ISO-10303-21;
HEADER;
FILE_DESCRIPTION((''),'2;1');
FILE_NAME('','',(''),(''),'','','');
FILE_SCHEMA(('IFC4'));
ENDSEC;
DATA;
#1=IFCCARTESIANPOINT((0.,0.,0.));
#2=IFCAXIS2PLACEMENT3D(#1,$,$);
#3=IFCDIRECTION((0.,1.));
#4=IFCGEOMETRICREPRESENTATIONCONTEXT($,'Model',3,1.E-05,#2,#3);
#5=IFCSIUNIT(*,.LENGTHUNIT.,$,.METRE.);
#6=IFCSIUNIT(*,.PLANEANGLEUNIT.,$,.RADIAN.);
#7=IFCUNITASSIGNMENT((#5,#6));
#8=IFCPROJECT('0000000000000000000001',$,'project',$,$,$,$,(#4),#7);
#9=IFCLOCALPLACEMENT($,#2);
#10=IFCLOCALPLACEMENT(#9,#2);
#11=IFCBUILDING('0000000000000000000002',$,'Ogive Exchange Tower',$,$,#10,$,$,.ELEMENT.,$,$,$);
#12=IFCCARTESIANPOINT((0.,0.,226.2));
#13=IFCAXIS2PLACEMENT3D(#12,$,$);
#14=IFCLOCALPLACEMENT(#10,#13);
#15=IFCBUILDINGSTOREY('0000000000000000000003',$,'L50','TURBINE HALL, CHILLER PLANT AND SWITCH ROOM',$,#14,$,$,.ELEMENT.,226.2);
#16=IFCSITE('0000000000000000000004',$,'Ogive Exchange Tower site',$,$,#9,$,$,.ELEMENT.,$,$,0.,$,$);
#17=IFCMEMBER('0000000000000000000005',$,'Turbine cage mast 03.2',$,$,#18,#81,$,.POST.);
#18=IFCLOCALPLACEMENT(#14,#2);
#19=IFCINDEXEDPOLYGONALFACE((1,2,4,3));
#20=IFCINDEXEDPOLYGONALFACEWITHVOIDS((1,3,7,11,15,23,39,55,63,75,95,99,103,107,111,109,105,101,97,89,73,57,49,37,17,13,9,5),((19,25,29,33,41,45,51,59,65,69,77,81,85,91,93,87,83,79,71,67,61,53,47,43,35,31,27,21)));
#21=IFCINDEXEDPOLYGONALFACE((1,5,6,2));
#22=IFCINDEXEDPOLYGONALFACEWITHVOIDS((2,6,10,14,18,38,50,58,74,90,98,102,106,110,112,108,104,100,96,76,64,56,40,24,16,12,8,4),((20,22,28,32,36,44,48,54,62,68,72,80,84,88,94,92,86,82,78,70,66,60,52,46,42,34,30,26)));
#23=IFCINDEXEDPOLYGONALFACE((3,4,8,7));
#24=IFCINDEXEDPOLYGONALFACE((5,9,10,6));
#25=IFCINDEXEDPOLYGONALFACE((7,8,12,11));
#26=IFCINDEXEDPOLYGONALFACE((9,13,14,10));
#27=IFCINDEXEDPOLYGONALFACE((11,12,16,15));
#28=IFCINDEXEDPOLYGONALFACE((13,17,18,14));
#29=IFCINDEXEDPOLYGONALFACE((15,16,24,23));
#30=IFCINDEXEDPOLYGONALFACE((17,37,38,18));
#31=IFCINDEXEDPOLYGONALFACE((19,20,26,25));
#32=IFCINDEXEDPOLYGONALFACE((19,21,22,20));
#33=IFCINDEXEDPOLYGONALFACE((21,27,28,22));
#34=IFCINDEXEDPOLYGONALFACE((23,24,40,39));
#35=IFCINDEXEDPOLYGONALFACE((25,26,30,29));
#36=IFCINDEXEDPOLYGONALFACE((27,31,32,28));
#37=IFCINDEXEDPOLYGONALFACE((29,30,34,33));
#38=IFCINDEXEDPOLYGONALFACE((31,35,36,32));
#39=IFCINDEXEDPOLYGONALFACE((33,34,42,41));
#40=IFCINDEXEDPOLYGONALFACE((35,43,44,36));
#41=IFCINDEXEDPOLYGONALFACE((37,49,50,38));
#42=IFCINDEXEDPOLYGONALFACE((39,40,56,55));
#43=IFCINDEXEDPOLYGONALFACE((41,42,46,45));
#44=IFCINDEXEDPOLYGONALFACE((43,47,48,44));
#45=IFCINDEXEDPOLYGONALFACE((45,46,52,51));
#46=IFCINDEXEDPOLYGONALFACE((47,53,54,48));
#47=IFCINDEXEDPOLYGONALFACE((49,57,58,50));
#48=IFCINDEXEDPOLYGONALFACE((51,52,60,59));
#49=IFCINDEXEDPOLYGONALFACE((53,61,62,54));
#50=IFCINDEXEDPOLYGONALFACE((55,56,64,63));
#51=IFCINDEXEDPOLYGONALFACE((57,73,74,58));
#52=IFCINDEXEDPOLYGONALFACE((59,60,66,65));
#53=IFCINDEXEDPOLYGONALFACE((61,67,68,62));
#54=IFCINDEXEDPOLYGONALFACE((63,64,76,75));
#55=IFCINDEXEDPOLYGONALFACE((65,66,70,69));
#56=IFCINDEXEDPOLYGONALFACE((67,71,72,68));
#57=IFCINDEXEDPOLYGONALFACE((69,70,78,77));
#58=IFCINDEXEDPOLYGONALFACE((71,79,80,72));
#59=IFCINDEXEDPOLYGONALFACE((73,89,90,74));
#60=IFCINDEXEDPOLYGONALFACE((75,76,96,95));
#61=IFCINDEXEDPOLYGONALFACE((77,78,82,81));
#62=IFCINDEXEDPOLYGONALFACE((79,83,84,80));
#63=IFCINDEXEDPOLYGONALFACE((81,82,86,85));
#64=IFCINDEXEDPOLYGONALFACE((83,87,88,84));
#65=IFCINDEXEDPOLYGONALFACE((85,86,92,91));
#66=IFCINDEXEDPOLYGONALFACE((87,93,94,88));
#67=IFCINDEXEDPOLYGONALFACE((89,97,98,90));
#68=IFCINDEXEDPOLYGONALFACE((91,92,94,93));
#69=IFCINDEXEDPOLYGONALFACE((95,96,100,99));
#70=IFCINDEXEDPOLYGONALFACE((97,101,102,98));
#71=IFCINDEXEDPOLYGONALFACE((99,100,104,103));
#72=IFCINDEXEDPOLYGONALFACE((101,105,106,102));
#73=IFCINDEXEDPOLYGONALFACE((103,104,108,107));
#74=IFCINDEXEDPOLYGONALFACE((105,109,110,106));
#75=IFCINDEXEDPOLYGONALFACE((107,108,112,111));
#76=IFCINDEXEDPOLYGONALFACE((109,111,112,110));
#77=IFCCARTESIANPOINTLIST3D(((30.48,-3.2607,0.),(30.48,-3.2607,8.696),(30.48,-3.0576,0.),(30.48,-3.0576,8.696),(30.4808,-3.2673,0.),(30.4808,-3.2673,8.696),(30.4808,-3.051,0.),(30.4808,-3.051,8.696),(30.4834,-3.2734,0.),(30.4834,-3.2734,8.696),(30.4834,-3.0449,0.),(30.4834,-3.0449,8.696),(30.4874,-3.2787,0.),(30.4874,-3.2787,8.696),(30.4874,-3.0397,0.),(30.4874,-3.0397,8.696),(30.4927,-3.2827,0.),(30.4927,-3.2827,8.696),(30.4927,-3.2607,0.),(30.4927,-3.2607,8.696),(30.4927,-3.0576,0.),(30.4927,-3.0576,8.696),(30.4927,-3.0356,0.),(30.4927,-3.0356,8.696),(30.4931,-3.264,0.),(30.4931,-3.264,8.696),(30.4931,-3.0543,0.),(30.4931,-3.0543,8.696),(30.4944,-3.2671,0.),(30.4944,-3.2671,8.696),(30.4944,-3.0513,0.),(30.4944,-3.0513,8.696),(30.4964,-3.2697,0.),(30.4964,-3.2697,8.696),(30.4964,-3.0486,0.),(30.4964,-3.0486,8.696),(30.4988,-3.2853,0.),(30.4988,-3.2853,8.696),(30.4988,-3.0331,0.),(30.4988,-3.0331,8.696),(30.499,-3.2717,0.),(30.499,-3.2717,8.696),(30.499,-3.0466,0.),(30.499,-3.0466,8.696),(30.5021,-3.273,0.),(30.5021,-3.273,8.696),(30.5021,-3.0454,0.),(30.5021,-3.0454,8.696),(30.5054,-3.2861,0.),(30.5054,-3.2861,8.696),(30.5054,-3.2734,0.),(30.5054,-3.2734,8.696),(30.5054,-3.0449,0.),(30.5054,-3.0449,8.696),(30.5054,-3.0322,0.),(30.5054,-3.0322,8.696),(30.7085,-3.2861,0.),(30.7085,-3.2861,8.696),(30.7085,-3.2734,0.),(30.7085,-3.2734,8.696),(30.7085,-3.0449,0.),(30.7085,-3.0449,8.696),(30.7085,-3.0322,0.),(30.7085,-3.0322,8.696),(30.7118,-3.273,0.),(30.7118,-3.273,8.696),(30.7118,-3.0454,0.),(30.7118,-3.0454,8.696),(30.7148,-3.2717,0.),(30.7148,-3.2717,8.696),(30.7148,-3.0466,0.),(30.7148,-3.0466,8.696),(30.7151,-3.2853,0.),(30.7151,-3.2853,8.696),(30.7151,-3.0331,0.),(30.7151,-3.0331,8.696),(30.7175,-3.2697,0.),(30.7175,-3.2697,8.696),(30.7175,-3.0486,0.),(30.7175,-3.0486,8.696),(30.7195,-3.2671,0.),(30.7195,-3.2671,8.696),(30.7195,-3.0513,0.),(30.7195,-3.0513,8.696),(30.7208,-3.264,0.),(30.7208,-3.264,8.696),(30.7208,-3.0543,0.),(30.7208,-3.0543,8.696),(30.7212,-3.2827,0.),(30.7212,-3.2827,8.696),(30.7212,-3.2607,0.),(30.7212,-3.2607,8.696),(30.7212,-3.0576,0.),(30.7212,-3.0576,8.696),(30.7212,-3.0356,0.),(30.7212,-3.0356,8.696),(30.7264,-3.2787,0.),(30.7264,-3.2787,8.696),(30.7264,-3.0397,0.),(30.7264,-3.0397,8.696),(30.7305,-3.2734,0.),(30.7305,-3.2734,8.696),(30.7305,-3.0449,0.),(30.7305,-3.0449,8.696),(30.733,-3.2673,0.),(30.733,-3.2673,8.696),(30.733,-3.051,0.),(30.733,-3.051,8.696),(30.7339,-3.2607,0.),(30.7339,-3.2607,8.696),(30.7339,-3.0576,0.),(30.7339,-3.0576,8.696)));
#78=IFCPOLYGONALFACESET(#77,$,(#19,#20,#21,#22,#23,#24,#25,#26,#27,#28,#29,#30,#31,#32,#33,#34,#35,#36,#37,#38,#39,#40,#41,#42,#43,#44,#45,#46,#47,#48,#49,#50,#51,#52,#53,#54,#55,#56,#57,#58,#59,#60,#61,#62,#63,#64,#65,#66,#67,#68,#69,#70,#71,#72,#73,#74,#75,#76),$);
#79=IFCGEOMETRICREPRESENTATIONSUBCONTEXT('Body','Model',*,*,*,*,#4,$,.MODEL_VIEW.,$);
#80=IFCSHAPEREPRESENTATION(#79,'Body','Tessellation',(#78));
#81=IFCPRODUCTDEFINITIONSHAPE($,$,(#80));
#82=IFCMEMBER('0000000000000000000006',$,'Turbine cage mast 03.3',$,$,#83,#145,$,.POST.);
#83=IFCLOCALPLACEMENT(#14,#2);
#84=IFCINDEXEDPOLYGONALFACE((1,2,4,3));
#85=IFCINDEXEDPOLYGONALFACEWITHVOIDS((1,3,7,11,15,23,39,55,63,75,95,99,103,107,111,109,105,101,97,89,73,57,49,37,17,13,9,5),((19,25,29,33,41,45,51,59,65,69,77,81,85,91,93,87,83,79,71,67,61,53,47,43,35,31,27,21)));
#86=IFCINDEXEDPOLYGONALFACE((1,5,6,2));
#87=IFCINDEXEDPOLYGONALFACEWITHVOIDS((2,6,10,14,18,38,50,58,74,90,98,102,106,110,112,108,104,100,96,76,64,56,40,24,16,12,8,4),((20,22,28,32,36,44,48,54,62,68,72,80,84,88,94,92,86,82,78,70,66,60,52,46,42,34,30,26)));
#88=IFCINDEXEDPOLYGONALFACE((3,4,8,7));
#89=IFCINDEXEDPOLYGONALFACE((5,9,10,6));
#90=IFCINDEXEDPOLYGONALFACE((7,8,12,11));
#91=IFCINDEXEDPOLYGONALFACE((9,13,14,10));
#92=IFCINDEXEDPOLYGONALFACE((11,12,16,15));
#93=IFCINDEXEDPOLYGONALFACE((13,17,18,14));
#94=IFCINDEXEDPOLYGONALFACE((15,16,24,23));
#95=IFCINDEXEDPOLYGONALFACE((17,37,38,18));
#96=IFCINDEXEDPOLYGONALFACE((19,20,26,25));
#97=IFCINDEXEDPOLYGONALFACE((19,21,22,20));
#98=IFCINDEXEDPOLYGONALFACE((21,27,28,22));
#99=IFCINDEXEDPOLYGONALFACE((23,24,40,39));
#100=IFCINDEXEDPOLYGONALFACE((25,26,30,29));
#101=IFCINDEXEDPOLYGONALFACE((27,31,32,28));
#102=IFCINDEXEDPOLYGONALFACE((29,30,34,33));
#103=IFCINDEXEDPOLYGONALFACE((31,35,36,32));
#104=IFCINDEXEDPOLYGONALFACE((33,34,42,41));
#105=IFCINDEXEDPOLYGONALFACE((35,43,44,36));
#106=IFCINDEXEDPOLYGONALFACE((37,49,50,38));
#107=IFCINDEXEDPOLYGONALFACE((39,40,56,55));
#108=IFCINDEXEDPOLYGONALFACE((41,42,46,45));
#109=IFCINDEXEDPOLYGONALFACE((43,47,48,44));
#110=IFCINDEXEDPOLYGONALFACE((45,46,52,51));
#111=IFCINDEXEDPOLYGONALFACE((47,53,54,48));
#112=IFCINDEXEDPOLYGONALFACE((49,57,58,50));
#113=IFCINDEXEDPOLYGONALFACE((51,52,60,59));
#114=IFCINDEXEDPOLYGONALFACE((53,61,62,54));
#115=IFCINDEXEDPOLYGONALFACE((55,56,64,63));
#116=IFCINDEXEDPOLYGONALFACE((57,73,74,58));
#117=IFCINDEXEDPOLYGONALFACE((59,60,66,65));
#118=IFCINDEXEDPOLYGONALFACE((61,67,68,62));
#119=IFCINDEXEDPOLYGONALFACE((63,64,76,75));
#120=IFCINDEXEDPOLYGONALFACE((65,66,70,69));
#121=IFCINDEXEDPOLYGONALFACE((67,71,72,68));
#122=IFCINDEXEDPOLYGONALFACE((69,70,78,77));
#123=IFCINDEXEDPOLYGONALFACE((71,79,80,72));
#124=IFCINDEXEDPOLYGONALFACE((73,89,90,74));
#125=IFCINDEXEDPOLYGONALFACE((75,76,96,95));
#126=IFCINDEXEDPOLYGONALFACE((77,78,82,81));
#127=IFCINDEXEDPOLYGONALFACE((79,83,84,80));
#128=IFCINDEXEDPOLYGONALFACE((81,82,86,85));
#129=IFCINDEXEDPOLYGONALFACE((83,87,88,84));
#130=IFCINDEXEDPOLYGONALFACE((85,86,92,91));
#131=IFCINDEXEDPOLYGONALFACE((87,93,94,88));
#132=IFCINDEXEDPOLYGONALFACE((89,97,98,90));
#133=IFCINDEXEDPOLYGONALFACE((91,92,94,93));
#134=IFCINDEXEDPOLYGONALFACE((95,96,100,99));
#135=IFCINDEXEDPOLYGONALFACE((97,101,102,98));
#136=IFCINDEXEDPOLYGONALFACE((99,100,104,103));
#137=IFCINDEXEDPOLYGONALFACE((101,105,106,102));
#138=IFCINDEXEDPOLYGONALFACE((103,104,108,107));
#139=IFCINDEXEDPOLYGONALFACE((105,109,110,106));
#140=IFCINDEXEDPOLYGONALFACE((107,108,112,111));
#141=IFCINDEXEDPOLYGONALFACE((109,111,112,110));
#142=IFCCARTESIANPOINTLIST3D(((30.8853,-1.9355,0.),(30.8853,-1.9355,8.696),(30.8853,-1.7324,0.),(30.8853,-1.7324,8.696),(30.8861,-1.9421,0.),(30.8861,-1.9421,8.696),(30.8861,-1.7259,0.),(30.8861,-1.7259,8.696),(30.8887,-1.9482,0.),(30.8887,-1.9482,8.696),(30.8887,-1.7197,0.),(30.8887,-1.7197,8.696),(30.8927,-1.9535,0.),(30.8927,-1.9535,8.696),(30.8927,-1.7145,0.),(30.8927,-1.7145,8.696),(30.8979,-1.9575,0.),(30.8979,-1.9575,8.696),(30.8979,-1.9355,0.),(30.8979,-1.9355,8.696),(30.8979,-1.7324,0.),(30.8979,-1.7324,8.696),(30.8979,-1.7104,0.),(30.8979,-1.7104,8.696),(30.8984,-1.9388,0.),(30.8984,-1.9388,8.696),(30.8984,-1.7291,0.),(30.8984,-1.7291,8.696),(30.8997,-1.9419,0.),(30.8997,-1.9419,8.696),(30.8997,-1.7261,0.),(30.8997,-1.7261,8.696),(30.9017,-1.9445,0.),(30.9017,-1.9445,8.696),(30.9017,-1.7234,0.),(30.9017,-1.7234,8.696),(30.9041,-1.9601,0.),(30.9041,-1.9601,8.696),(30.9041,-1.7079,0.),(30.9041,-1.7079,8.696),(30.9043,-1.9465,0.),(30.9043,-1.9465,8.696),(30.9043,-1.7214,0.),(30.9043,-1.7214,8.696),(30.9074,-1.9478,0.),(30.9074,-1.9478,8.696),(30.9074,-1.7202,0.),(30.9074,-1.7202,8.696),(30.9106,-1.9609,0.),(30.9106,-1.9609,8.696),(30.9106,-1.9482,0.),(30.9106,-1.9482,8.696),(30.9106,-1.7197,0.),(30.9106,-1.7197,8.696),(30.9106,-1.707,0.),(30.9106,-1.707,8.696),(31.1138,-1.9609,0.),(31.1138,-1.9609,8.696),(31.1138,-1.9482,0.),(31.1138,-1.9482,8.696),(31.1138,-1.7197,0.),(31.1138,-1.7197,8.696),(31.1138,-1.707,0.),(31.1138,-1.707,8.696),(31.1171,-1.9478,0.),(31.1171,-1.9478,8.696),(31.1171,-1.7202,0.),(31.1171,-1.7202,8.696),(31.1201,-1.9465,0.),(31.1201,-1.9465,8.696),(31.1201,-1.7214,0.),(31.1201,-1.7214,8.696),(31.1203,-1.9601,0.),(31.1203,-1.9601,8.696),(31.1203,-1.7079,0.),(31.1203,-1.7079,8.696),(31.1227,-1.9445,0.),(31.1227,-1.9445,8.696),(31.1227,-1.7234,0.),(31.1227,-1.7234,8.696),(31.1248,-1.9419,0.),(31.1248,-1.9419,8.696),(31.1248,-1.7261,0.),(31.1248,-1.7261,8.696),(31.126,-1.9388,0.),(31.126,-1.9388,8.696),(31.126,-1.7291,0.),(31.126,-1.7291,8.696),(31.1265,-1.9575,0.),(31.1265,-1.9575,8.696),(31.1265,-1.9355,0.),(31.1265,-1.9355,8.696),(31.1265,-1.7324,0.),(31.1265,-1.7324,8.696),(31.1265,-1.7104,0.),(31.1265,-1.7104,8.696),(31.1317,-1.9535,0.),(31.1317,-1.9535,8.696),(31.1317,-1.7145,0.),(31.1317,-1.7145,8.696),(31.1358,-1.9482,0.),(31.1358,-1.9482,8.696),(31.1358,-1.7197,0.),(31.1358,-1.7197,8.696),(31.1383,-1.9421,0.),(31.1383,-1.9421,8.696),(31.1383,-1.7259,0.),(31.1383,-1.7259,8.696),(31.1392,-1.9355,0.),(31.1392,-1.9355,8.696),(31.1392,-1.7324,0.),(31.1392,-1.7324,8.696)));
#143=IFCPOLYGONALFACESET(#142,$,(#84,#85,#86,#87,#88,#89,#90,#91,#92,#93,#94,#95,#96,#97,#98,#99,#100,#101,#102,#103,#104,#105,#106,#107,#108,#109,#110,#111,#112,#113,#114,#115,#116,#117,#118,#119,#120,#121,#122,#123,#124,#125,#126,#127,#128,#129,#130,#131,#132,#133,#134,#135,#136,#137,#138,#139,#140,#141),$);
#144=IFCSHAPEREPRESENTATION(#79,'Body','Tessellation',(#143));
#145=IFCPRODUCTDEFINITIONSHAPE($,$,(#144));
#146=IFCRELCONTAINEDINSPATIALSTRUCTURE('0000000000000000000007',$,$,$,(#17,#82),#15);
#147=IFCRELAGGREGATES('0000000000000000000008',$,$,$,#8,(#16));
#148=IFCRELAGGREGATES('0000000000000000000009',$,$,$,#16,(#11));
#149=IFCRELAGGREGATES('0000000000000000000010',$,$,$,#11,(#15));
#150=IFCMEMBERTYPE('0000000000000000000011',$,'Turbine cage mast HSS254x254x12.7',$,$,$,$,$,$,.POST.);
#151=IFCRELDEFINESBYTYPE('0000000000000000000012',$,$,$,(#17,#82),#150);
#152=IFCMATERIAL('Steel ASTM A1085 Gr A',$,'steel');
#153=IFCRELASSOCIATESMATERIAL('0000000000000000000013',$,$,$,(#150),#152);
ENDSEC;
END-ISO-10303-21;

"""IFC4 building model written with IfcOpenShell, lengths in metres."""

from ifc_helpers import new_model, si_unit, direction, frame, origin, origin_2d, place, context, subcontext, project, spatial, hollow_rectangle, extrude, material, material_profile, profile_set, type_object, element, save


model = new_model("IFC4")

# Units and contexts
model_context = context("Model", 3, precision=1e-05, world=origin(), true_north=direction((0.0, 1.0)))
body_context = subcontext(model_context, "Body", "Model", "MODEL_VIEW")
ifc_project = project(units=[si_unit("LENGTHUNIT", "METRE"), si_unit("PLANEANGLEUNIT", "RADIAN")], contexts=[model_context])

# Site, building, storey
site_placement = place(None, origin())
site = spatial("IfcSite", under=ifc_project, at=site_placement, Name="Ogive Exchange Tower site", CompositionType="ELEMENT", RefElevation=0.0)
building_placement = place(site_placement, origin())
building = spatial("IfcBuilding", under=site, at=building_placement, Name="Ogive Exchange Tower", CompositionType="ELEMENT")
storey_placement = place(building_placement, frame((0.0, 0.0, 226.2)))
storey = spatial("IfcBuildingStorey", under=building, at=storey_placement, Name="L50", Description="TURBINE HALL, CHILLER PLANT AND SWITCH ROOM", CompositionType="ELEMENT", Elevation=226.2)

# Shared definitions
ifc_material_1 = material(Name="Steel ASTM A1085 Gr A", Category="steel")

# Members
ifc_material_profile_1 = material_profile(ifc_material_1, hollow_rectangle(XDim=0.2539, YDim=0.2539, WallThickness=0.0127, InnerFilletRadius=0.0127, OuterFilletRadius=0.0254, at=origin_2d()), Name="HSS254x254x12.7")
ifc_profile_set_1 = profile_set([ifc_material_profile_1], Name="Steel ASTM A1085 Gr A")
member_type_1 = type_object("IfcMemberType", Name="Turbine cage mast HSS254x254x12.7", PredefinedType="POST", material=ifc_profile_set_1)
for number, where, z_axis, x_axis, name in (
    (1, (30.6069, -3.1592, 0.0), (0.0, 0.0, 1.0), (1.0, 0.0, 0.0), "Turbine cage mast 03.2"),
    (2, (31.0122, -1.834, 0.0), (0.0, 0.0, 1.0), (1.0, 0.0, 0.0), "Turbine cage mast 03.3"),
):
    element("IfcMember", number, at=place(storey_placement, frame(where, z_axis=z_axis, x_axis=x_axis)), inside=storey, type_object=member_type_1, Name=name, PredefinedType="POST", context=body_context, shape_type="SweptSolid", body=[
        extrude(hollow_rectangle(XDim=0.2539, YDim=0.2539, WallThickness=0.0127, InnerFilletRadius=0.0127, OuterFilletRadius=0.0254, at=origin_2d()), origin(), (0.0, 0.0, 1.0), 8.696),
    ])

save(model, "model.ifc")
